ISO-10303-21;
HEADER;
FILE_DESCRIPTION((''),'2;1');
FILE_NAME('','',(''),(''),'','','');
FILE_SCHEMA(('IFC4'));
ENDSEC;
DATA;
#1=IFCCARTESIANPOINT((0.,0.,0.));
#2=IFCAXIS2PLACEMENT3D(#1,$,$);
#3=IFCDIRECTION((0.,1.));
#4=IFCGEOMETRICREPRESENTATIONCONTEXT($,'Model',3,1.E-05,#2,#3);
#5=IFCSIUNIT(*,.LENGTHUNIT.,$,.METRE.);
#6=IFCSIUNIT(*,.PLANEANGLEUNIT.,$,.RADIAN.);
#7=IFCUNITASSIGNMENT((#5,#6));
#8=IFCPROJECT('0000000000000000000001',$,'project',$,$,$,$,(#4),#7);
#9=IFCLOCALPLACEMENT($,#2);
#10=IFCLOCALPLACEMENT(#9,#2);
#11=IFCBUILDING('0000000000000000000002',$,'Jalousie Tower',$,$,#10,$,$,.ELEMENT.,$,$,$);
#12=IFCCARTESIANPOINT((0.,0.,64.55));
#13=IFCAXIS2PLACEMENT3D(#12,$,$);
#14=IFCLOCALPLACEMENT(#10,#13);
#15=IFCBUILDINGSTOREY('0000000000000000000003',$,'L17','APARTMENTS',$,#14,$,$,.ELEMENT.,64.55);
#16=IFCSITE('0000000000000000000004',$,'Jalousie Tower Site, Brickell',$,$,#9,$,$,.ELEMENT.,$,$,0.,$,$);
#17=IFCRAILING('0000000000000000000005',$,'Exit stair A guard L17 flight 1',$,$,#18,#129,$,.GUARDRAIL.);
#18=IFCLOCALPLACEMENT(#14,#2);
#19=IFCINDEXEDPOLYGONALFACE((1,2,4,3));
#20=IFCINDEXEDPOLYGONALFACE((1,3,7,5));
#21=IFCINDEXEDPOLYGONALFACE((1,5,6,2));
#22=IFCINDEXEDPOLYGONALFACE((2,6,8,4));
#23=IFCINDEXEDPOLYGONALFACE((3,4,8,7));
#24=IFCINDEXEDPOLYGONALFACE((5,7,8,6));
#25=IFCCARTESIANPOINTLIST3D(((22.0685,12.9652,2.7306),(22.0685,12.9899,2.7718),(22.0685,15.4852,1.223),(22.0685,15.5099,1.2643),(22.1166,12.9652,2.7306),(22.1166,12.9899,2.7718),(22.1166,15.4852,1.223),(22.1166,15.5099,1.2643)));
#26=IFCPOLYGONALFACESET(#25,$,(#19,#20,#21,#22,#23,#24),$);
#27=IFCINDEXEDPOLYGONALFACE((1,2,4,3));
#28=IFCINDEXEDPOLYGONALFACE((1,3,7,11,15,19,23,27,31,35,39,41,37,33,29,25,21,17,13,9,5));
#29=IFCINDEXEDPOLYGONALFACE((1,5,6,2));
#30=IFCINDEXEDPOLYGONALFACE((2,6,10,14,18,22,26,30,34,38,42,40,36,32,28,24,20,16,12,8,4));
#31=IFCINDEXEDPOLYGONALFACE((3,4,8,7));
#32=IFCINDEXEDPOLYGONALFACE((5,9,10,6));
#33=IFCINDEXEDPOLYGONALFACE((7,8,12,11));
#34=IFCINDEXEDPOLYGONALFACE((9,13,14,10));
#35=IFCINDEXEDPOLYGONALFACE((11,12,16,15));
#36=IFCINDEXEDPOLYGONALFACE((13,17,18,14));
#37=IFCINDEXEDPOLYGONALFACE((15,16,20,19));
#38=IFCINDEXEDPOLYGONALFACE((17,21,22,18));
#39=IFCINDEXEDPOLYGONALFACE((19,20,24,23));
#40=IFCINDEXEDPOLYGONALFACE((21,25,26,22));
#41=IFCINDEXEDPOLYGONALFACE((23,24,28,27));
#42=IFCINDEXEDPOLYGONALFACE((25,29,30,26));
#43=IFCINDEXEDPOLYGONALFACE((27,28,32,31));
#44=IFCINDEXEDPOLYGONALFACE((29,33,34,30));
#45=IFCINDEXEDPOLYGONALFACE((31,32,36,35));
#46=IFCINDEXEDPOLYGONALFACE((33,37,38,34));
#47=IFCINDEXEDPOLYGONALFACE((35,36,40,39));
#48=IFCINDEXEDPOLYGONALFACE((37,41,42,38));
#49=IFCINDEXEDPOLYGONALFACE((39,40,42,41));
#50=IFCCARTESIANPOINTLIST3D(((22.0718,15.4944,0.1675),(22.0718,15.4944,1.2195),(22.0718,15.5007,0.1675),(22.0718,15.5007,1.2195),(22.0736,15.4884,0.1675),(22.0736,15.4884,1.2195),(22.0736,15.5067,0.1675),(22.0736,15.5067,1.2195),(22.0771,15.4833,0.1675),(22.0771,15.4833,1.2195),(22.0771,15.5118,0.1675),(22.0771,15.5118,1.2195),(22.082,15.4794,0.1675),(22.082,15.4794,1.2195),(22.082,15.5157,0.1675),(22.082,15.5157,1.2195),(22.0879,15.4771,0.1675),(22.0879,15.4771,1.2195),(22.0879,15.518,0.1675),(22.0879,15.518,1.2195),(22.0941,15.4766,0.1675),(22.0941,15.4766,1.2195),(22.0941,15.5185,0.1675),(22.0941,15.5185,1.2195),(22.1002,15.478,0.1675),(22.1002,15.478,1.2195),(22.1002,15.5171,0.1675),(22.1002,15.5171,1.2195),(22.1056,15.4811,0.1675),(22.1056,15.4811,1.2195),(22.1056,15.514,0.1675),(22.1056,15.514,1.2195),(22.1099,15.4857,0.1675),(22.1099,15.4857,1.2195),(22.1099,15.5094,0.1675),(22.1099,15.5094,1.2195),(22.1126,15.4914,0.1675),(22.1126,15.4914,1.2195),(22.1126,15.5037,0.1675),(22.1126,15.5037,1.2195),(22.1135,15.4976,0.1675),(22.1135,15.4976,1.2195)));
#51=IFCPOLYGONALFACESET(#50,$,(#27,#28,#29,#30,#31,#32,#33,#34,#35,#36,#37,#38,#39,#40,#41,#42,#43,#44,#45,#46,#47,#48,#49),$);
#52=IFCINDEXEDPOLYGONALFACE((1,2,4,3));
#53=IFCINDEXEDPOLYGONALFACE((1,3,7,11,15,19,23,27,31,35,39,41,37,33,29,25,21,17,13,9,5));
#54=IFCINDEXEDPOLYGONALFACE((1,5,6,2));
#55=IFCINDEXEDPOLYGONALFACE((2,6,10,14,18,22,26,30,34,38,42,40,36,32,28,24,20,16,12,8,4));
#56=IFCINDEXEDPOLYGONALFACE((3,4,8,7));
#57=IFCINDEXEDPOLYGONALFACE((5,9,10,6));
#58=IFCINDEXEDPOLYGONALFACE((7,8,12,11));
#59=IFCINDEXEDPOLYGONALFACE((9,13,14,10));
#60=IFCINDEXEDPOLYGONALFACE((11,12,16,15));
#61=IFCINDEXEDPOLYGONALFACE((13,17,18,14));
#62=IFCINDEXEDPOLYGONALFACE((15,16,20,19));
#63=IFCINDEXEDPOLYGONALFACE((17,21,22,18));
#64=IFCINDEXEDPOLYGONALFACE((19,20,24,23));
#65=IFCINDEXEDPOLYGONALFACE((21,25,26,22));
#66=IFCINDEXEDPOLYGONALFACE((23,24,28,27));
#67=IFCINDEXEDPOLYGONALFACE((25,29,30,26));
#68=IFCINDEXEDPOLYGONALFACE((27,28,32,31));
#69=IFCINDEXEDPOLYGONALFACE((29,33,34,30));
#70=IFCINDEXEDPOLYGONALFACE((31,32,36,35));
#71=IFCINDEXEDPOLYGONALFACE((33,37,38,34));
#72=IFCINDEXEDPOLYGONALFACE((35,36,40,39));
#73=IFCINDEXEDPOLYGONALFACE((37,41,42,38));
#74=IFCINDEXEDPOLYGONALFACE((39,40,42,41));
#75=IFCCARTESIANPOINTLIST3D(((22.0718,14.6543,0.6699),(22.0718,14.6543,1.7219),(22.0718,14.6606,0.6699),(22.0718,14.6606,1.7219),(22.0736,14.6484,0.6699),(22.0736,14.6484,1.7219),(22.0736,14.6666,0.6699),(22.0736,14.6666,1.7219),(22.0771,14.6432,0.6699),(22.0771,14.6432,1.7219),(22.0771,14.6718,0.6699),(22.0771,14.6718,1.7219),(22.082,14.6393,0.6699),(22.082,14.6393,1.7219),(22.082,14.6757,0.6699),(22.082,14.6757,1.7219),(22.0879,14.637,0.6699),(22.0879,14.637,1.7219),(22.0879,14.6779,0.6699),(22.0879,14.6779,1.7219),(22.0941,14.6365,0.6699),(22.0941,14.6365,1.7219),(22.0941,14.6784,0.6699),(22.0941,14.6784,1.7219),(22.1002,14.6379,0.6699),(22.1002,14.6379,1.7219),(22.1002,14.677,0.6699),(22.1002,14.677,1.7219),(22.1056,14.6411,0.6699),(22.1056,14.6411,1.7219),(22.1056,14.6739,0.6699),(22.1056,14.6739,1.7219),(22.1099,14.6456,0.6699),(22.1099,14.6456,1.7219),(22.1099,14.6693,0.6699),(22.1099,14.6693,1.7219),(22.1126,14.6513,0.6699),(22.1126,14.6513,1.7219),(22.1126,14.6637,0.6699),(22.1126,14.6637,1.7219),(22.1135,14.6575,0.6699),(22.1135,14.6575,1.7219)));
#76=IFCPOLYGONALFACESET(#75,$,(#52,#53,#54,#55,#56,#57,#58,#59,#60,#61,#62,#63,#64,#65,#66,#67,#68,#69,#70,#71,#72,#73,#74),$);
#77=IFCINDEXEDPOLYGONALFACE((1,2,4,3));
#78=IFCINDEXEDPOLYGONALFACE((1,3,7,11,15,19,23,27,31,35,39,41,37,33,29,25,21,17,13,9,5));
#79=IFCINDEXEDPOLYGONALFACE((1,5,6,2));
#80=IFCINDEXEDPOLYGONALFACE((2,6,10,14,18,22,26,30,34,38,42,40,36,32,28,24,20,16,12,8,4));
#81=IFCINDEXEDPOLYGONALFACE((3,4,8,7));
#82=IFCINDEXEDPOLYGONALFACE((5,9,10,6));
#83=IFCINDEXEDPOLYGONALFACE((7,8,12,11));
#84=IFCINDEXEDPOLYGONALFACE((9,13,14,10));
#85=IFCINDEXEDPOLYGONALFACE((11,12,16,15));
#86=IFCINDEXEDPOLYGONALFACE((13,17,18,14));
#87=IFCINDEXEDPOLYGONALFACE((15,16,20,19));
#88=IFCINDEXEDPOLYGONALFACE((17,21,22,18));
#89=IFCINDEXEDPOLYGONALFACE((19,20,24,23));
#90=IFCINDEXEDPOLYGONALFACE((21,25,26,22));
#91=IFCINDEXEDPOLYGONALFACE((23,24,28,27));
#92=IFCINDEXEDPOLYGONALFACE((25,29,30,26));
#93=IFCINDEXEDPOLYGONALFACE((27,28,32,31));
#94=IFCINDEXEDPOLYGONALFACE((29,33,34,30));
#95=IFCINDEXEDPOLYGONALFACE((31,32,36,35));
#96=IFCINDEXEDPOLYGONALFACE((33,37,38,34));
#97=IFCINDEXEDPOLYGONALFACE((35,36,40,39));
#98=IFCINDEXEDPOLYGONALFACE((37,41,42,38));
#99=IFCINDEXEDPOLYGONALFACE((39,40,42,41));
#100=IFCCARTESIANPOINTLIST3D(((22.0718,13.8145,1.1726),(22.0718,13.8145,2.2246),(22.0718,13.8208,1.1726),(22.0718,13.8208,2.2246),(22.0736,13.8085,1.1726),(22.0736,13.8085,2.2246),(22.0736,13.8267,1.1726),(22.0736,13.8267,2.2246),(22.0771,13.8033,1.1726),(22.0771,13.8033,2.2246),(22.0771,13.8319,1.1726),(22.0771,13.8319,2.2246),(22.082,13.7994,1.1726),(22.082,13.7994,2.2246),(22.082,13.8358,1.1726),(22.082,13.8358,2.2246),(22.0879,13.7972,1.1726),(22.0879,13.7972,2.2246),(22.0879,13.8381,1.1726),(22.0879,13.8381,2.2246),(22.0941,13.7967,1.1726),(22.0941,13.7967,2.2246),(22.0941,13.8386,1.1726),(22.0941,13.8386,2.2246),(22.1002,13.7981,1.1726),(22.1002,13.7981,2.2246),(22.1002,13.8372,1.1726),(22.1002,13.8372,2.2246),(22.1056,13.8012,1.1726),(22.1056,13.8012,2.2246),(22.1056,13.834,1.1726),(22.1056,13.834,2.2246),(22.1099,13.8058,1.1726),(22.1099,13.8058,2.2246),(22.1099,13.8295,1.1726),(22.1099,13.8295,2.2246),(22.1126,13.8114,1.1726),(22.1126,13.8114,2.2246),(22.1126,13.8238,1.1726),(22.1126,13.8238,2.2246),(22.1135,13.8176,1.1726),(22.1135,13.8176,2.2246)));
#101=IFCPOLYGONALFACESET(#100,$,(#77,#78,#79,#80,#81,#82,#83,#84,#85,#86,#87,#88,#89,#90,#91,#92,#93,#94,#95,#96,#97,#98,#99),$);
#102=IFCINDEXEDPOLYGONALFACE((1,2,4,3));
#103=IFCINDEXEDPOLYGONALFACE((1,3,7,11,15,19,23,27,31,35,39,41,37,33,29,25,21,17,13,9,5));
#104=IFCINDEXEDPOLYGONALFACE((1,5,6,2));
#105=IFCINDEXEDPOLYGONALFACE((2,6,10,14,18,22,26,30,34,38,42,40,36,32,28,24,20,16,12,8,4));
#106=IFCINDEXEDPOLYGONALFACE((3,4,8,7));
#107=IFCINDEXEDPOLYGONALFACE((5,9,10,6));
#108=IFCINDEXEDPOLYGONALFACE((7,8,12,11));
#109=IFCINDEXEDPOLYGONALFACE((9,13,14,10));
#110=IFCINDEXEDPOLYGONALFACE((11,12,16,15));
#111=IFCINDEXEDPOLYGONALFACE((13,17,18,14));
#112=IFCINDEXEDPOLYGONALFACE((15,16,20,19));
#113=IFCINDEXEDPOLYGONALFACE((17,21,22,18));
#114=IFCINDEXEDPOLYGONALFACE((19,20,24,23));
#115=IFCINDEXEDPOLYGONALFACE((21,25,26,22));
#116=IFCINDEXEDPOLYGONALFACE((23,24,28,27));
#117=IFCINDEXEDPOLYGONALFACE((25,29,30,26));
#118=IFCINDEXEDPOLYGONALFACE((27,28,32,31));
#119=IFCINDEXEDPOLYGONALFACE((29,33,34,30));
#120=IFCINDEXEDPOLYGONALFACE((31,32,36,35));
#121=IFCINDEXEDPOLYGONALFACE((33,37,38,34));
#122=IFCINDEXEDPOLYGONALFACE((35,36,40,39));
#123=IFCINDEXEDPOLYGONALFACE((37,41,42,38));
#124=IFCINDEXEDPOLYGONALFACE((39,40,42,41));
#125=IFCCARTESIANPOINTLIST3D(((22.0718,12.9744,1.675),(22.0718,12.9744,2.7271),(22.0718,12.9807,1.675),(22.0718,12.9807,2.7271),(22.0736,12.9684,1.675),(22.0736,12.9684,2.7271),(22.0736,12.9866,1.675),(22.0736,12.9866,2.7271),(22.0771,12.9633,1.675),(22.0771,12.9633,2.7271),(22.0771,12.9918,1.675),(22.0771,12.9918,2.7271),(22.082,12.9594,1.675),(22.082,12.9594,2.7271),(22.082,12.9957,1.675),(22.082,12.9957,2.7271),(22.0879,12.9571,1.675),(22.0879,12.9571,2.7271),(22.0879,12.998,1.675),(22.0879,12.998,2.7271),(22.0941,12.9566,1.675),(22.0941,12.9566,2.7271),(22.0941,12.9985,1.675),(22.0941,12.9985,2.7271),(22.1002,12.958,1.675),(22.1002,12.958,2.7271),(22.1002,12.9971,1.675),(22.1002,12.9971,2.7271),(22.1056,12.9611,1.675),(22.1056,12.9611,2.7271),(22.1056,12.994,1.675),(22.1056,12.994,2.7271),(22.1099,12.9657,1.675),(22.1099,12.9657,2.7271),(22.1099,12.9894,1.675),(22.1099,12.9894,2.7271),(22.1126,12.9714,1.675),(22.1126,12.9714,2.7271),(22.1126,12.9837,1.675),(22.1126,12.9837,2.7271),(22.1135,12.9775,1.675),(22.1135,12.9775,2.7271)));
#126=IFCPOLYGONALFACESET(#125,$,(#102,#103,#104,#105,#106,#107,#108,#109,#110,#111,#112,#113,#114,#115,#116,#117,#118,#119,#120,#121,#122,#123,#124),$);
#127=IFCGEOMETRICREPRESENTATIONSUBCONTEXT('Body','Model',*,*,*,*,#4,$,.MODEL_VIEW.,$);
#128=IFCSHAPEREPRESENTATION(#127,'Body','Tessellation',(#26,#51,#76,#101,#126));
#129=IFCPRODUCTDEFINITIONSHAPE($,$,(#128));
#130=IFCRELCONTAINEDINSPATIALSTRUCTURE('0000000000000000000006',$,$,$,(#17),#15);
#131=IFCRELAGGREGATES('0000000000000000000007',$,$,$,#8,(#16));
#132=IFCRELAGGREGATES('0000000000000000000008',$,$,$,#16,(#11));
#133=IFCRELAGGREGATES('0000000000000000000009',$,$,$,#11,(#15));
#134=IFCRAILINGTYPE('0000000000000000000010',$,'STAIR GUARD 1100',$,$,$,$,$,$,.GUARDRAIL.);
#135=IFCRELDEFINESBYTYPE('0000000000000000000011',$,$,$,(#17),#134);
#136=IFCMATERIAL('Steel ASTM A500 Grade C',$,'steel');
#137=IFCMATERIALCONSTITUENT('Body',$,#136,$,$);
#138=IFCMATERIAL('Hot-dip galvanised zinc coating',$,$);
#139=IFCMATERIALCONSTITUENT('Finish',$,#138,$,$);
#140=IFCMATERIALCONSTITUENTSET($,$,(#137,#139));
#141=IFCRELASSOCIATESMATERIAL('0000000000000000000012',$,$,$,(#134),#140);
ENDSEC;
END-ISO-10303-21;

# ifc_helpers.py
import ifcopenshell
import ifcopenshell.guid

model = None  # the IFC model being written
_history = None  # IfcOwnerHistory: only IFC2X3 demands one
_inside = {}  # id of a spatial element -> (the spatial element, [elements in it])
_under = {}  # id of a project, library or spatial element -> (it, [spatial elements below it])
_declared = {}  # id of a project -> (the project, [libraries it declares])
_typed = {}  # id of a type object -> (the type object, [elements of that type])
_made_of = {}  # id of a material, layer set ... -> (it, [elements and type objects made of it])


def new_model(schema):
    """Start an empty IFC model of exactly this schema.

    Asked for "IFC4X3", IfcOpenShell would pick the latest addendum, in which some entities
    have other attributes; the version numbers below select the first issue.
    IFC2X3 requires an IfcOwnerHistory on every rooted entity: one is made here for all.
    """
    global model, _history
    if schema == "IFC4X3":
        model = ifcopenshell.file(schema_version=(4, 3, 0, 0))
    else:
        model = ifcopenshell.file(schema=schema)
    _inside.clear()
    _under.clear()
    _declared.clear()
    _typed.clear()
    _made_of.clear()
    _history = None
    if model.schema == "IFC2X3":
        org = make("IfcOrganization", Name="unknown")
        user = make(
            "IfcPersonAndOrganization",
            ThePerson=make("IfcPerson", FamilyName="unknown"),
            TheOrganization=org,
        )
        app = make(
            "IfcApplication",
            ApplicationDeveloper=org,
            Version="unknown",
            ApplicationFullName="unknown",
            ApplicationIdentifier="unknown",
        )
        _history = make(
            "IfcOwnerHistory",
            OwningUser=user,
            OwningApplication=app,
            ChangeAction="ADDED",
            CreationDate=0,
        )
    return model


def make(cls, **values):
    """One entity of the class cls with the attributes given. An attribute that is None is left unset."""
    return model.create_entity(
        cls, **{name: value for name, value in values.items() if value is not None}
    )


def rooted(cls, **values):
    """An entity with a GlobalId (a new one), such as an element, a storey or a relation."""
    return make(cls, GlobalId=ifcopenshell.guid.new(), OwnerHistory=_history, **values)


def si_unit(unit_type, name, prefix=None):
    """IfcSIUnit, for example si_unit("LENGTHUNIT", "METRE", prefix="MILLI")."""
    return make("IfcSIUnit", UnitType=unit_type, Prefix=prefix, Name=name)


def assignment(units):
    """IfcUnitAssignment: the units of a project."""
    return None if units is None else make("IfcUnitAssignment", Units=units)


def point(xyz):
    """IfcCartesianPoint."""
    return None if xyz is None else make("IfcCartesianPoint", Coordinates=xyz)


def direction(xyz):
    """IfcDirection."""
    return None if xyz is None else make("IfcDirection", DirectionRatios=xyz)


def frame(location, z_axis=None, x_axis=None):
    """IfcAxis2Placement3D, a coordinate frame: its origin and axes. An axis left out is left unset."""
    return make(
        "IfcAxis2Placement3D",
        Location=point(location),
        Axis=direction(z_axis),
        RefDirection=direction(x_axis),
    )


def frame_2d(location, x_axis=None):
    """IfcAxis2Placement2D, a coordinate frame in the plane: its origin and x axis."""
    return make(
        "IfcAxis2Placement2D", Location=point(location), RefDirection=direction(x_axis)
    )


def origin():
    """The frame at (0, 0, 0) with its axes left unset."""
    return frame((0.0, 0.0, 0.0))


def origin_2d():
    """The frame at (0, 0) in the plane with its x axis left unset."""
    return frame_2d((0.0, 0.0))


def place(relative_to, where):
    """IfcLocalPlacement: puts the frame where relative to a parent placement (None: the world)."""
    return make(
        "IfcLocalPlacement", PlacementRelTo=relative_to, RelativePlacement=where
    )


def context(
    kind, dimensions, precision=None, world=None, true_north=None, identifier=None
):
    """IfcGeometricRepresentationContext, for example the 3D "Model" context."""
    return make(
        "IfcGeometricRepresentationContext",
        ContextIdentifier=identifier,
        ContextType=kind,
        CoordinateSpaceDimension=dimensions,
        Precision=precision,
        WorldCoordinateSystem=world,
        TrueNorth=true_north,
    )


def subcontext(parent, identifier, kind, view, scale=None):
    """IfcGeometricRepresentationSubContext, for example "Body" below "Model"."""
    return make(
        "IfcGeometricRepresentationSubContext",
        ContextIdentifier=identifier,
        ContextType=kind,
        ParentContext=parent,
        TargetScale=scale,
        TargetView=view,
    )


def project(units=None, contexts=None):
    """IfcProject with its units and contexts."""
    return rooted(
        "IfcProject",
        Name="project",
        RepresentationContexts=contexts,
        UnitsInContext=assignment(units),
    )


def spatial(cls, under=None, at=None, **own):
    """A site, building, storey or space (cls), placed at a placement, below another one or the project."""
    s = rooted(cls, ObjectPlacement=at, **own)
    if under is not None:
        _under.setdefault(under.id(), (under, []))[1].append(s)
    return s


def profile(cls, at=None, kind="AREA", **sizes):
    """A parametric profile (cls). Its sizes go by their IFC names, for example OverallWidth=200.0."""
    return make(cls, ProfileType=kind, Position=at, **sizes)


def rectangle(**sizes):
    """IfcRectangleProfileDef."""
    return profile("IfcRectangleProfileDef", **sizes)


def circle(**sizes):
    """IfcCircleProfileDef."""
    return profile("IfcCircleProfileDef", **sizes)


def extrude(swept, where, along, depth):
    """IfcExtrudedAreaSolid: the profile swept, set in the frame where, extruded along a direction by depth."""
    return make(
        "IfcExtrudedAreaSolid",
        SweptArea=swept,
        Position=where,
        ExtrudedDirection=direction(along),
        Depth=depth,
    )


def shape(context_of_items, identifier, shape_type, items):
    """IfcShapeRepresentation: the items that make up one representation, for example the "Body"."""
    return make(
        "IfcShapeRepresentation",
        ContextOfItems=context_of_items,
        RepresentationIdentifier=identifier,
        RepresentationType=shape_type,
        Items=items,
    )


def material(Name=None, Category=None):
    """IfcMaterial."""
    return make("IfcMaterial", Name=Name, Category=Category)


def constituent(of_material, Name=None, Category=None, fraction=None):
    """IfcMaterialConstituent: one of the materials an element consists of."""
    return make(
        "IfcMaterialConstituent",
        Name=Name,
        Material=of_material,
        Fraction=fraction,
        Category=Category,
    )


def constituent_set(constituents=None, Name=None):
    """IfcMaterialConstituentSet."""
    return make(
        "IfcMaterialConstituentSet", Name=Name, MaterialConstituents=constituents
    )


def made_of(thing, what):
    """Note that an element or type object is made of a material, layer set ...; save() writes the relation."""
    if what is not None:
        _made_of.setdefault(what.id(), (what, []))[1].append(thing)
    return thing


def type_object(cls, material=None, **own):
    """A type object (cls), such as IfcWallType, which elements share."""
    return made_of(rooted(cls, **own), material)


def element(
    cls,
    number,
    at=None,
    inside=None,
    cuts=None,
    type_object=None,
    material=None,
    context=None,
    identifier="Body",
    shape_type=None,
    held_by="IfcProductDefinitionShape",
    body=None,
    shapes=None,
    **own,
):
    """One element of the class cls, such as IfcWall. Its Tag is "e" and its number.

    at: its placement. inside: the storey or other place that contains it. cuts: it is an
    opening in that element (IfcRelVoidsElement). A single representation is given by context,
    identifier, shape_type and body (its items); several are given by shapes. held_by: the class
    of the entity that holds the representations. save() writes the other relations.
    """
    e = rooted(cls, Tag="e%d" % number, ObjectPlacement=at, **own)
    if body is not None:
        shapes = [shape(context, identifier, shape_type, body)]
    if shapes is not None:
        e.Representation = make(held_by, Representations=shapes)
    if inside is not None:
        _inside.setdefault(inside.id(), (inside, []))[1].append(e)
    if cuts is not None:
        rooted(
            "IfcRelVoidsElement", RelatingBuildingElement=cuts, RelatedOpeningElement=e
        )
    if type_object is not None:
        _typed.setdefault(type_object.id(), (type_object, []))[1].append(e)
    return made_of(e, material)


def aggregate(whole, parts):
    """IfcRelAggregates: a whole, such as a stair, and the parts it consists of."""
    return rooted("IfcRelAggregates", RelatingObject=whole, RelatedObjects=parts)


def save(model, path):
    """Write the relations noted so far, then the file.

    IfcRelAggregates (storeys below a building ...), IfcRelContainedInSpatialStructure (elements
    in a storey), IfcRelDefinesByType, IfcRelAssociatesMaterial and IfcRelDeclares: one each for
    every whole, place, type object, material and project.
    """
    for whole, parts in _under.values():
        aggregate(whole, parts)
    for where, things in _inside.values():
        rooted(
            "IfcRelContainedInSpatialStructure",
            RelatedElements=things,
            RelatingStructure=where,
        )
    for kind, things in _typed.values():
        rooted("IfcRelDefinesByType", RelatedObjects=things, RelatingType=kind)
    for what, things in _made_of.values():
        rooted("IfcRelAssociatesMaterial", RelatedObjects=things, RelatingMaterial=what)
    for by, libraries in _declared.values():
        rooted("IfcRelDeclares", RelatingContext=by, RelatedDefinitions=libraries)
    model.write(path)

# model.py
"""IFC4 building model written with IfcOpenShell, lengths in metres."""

from ifc_helpers import new_model, si_unit, direction, frame, origin, origin_2d, place, context, subcontext, project, spatial, rectangle, circle, extrude, material, constituent, constituent_set, type_object, element, save


model = new_model("IFC4")

# Units and contexts
model_context = context("Model", 3, precision=1e-05, world=origin(), true_north=direction((0.0, 1.0)))
body_context = subcontext(model_context, "Body", "Model", "MODEL_VIEW")
ifc_project = project(units=[si_unit("LENGTHUNIT", "METRE"), si_unit("PLANEANGLEUNIT", "RADIAN")], contexts=[model_context])

# Site, building, storey
site_placement = place(None, origin())
site = spatial("IfcSite", under=ifc_project, at=site_placement, Name="Jalousie Tower Site, Brickell", CompositionType="ELEMENT", RefElevation=0.0)
building_placement = place(site_placement, origin())
building = spatial("IfcBuilding", under=site, at=building_placement, Name="Jalousie Tower", CompositionType="ELEMENT")
storey_placement = place(building_placement, frame((0.0, 0.0, 64.55)))
storey = spatial("IfcBuildingStorey", under=building, at=storey_placement, Name="L17", Description="APARTMENTS", CompositionType="ELEMENT", Elevation=64.55)

# Railing
ifc_material_1 = material(Name="Steel ASTM A500 Grade C", Category="steel")
ifc_constituent_1 = constituent(ifc_material_1, Name="Body")
ifc_material_2 = material(Name="Hot-dip galvanised zinc coating")
ifc_constituent_2 = constituent(ifc_material_2, Name="Finish")
ifc_constituent_set_1 = constituent_set(constituents=[ifc_constituent_1, ifc_constituent_2])
railing_type_1 = type_object("IfcRailingType", Name="STAIR GUARD 1100", PredefinedType="GUARDRAIL", material=ifc_constituent_set_1)
railing_1_placement = place(storey_placement, frame((22.0925, 15.4976, 0.1675)))
element("IfcRailing", 1, at=railing_1_placement, inside=storey, type_object=railing_type_1, Name="Exit stair A guard L17 flight 1", PredefinedType="GUARDRAIL", context=body_context, shape_type="SweptSolid", body=[
    extrude(rectangle(XDim=0.0481, YDim=0.0481, at=origin_2d()), frame((0.0, 0.0, 1.0762), z_axis=(0.0, -0.85816, 0.513383), x_axis=(1.0, 0.0, 0.0)), (0.0, 0.0, 1.0), 2.9365),
    extrude(circle(Radius=0.021, at=origin_2d()), origin(), (0.0, 0.0, 1.0), 1.052),
    extrude(circle(Radius=0.021, at=origin_2d()), frame((0.0, -0.8401, 0.5024)), (0.0, 0.0, 1.0), 1.052),
    extrude(circle(Radius=0.021, at=origin_2d()), frame((0.0, -1.6799, 1.0051)), (0.0, 0.0, 1.0), 1.052),
    extrude(circle(Radius=0.021, at=origin_2d()), frame((0.0, -2.52, 1.5076)), (0.0, 0.0, 1.0), 1.052),
])

save(model, "model.ifc")
